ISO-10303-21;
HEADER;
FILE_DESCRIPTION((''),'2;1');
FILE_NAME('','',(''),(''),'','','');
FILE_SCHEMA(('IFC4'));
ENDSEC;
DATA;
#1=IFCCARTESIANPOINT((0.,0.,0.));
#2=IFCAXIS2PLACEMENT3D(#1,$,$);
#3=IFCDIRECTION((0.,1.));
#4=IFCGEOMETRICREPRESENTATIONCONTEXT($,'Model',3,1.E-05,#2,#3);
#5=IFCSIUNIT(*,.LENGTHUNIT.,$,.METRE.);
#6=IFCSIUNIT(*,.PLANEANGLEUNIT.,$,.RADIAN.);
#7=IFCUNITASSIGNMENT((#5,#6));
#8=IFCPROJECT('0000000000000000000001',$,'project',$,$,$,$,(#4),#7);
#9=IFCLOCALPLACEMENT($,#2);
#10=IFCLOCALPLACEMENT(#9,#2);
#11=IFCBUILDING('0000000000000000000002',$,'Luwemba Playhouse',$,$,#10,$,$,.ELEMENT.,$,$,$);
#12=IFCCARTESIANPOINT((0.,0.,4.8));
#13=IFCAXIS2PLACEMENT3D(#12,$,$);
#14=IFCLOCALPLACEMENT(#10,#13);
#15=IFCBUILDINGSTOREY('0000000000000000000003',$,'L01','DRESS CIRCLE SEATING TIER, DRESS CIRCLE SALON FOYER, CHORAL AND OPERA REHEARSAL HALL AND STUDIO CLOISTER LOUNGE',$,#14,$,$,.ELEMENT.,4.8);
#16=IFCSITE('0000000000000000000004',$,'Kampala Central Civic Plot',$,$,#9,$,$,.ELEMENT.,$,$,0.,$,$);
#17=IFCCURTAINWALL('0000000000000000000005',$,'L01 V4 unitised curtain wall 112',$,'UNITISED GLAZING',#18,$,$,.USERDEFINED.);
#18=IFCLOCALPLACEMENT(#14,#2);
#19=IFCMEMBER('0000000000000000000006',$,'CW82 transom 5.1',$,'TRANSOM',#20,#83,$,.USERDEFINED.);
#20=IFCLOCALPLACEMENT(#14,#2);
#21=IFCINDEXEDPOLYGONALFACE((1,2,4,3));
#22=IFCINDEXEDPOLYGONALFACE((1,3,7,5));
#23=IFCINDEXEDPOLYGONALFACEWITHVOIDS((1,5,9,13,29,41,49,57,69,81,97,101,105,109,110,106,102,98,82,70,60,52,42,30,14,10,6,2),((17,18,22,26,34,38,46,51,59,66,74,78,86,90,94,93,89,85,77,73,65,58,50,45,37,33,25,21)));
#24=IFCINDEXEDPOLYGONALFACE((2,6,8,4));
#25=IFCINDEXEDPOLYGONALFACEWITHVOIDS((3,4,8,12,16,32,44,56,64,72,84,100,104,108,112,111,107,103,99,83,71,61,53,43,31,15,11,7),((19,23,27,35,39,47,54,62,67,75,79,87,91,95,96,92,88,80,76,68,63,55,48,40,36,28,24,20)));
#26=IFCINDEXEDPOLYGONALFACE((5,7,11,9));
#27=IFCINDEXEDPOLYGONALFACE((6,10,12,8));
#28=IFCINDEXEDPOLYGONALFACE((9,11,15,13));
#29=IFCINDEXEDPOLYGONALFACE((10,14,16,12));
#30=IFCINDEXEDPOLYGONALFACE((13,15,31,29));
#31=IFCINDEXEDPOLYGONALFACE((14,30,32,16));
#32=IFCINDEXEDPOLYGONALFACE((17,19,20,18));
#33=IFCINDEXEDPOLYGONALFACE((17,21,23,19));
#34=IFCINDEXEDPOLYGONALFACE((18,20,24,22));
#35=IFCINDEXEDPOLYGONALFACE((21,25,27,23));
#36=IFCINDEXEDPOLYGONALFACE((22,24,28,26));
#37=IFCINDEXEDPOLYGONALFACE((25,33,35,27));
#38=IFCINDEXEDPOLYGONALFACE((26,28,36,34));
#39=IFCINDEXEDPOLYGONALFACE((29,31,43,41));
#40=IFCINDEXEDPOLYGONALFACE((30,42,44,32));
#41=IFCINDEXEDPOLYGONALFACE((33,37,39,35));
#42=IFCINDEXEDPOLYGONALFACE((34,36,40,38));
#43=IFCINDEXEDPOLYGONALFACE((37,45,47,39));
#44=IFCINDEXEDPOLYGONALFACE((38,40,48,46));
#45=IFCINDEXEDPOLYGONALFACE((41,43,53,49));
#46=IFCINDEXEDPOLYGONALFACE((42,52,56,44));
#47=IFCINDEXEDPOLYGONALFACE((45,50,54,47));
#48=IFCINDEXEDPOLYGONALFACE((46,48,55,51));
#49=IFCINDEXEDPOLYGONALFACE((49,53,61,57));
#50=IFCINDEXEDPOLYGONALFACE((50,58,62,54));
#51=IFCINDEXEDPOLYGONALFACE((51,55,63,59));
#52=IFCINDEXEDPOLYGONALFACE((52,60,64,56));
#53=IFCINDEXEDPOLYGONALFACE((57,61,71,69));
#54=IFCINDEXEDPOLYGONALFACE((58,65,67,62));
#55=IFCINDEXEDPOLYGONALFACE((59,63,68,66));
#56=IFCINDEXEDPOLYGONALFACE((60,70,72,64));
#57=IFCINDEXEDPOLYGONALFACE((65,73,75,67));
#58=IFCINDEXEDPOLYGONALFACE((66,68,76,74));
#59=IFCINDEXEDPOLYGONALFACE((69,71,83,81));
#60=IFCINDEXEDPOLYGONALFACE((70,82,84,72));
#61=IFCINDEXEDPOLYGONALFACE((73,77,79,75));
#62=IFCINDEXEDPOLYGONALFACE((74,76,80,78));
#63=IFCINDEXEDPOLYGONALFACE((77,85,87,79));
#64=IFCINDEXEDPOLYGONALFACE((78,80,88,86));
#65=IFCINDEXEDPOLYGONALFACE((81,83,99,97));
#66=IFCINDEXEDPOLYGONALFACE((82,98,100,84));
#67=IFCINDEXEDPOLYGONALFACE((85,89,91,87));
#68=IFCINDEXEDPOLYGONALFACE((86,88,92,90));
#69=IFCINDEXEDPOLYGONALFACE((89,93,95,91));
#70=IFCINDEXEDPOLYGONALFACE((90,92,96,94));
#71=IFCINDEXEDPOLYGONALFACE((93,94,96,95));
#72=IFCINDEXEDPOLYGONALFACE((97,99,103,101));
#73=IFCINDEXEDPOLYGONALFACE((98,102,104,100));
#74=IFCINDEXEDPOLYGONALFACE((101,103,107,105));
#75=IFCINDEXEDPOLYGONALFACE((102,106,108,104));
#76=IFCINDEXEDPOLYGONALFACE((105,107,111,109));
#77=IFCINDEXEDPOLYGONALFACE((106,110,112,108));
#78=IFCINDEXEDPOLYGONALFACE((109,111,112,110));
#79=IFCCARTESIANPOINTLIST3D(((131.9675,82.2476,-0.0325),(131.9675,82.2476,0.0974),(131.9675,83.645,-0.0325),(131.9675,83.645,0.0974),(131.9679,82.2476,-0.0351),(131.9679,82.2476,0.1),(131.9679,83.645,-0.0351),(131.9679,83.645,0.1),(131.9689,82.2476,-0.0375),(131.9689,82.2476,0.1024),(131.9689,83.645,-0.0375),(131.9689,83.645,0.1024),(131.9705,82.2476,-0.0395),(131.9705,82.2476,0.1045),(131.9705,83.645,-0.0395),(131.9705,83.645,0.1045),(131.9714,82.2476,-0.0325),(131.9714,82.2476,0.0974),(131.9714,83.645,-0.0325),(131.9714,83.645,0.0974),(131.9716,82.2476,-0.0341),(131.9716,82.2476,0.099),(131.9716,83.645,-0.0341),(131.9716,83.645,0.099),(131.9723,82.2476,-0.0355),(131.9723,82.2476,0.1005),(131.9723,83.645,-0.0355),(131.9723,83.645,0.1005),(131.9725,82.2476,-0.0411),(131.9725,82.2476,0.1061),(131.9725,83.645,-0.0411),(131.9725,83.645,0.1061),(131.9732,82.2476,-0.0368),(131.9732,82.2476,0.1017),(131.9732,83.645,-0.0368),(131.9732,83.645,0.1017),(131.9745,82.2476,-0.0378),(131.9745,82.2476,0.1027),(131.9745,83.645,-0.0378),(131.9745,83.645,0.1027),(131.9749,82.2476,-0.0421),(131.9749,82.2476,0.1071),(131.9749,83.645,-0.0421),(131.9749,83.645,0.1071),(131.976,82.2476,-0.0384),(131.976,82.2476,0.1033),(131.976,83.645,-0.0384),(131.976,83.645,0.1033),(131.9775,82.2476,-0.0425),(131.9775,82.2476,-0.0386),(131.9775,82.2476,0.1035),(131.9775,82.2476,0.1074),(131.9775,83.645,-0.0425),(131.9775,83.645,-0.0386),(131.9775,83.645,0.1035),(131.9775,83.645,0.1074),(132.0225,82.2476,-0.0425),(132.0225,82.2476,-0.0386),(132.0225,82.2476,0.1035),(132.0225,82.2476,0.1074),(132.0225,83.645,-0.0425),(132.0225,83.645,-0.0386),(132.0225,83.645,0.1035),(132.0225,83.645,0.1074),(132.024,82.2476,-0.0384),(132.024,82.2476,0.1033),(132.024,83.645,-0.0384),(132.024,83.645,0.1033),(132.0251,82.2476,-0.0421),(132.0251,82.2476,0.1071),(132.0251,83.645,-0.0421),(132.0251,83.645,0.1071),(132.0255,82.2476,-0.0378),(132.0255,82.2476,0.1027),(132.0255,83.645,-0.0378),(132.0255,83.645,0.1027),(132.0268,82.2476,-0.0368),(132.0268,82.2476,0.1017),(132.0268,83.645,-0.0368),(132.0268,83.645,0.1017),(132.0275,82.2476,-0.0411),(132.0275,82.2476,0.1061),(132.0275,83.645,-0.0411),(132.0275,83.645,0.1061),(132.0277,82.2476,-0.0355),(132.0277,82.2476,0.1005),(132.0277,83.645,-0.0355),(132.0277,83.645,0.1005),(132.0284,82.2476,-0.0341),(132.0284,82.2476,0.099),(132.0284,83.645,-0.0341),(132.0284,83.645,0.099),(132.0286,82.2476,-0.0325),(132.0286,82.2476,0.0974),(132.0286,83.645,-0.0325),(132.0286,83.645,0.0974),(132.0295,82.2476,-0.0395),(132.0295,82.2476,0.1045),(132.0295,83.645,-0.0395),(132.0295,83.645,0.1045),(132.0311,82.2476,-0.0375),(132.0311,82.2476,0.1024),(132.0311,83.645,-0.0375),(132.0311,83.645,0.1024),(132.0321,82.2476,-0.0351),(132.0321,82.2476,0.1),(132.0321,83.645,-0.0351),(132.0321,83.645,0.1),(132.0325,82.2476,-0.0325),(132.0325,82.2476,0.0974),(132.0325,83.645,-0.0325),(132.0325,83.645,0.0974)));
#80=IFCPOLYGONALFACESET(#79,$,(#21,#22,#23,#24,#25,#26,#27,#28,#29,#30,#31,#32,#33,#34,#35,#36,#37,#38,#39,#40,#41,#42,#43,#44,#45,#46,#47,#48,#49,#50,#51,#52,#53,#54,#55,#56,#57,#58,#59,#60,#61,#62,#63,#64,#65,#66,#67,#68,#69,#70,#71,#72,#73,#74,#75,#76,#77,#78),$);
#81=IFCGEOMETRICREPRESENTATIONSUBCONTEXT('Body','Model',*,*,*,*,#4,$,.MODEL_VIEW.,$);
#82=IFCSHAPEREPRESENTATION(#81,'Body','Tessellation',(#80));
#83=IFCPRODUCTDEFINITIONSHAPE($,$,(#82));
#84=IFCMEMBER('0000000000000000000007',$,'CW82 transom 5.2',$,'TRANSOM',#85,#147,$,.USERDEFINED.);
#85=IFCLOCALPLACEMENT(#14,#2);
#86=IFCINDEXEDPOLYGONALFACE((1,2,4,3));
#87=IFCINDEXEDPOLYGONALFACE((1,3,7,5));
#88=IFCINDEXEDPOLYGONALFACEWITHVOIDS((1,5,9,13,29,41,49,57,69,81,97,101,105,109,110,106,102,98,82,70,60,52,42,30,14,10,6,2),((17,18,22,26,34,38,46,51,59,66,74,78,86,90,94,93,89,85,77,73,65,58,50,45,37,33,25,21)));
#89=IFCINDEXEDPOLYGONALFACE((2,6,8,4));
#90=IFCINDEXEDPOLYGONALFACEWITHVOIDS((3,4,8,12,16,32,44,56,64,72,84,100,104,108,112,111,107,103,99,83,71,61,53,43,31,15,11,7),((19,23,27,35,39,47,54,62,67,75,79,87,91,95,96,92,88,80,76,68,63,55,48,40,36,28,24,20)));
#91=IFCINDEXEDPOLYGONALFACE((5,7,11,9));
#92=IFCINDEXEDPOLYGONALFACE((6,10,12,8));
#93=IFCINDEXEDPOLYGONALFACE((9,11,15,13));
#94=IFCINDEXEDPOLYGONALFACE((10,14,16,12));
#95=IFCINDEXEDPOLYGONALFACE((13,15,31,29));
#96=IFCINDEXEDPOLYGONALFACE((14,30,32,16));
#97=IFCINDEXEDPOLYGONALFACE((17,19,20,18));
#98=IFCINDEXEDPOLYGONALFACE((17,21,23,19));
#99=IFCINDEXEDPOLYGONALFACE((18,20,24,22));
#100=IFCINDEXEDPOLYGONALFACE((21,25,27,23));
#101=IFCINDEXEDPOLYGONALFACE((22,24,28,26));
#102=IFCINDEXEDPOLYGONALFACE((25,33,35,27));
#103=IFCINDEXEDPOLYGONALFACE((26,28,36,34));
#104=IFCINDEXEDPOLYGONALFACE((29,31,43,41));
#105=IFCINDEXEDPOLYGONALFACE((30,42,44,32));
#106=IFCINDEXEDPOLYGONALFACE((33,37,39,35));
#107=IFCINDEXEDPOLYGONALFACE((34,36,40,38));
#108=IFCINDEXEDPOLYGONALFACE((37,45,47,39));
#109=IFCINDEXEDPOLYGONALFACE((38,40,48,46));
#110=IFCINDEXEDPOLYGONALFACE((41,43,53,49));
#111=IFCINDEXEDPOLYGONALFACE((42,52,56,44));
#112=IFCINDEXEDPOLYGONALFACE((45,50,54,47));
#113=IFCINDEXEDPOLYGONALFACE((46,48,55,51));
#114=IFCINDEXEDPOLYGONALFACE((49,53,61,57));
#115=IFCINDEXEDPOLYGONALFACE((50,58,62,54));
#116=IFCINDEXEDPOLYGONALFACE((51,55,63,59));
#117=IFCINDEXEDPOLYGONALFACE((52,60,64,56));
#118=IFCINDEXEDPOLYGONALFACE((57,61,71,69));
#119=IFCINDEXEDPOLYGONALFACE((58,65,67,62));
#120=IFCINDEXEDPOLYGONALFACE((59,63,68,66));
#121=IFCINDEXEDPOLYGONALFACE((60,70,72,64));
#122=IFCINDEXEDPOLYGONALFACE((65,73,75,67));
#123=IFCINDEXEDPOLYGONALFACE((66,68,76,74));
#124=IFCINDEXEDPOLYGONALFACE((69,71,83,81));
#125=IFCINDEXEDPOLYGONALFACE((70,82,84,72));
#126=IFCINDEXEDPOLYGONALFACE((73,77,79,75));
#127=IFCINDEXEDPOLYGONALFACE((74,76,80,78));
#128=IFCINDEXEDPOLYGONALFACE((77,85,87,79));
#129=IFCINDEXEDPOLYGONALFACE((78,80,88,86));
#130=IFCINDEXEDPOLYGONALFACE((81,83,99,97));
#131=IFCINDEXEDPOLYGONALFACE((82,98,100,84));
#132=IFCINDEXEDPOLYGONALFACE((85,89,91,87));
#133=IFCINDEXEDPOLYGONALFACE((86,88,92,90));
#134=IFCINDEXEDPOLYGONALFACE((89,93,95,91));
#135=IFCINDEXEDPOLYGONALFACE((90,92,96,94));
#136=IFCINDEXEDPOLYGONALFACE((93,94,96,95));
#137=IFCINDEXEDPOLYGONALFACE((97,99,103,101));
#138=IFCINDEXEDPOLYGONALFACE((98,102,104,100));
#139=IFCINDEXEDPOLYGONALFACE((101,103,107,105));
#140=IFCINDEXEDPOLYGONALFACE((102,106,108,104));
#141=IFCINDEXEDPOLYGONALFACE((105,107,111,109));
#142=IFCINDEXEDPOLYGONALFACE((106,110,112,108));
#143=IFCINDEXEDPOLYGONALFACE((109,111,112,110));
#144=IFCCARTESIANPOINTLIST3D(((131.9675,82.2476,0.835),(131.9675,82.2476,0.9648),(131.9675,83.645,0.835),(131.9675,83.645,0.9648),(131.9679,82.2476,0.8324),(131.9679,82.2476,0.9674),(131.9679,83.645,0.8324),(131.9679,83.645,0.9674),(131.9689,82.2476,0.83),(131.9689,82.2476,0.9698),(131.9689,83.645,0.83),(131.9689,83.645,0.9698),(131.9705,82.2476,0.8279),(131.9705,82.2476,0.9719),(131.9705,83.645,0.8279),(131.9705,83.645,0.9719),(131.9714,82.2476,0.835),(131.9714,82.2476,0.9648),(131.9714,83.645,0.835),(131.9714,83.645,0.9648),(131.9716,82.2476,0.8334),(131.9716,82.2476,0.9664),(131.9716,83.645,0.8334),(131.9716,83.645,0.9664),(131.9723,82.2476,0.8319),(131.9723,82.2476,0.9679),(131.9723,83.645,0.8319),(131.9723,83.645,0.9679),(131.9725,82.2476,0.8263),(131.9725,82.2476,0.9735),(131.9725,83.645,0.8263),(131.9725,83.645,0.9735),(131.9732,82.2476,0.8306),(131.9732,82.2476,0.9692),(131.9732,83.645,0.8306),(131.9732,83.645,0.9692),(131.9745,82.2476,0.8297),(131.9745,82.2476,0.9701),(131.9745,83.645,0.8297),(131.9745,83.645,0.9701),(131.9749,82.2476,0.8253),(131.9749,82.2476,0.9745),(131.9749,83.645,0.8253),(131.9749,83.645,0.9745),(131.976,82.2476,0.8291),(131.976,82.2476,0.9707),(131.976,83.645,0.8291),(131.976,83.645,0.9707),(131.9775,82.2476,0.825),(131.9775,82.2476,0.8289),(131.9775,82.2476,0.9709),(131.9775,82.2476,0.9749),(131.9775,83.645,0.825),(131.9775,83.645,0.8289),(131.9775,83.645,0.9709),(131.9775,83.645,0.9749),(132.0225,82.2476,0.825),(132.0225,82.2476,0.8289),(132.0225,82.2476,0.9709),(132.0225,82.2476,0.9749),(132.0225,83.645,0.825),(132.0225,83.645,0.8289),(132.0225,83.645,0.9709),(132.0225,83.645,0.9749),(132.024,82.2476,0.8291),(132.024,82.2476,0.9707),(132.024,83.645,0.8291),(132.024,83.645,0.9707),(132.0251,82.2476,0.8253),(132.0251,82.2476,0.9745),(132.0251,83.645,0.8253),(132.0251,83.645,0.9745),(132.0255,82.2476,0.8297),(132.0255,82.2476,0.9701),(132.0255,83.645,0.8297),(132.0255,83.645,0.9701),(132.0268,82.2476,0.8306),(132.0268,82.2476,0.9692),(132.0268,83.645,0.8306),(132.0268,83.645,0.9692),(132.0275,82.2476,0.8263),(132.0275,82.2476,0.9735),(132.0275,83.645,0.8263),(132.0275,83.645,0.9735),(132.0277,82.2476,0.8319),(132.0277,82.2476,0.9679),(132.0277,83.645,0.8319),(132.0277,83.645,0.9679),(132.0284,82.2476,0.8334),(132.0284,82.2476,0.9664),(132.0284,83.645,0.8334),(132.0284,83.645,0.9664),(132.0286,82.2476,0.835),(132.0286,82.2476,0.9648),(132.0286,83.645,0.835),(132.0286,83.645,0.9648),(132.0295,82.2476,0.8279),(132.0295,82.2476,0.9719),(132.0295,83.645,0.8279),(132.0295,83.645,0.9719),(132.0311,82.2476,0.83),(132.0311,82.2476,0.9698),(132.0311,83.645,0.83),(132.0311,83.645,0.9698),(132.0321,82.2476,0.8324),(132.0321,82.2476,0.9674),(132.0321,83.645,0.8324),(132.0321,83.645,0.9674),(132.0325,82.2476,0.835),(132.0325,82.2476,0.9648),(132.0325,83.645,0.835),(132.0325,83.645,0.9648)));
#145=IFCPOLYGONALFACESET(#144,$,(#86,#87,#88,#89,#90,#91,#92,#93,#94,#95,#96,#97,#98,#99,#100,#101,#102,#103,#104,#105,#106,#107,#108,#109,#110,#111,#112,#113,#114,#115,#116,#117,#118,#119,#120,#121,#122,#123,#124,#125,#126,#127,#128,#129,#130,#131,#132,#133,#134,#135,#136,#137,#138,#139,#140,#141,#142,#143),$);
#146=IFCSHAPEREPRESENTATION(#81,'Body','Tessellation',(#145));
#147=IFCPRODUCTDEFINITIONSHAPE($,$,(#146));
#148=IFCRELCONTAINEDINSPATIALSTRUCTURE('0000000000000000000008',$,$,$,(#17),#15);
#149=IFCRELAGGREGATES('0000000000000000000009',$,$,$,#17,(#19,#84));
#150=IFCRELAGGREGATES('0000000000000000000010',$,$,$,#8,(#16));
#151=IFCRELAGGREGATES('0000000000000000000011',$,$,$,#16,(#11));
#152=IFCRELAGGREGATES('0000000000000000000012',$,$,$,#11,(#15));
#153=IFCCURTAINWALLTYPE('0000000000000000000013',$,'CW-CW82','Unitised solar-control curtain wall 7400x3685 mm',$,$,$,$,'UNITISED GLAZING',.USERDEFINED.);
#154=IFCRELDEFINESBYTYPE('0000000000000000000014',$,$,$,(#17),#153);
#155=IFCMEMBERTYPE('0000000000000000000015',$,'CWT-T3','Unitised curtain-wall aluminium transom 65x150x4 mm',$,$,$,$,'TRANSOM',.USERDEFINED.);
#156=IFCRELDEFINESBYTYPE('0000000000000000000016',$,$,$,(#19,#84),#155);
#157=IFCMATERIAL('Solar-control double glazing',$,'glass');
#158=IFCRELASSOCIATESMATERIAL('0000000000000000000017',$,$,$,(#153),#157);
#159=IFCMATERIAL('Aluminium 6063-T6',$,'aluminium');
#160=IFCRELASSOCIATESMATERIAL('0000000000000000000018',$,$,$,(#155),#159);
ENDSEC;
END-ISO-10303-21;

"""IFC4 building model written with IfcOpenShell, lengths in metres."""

from ifc_helpers import new_model, si_unit, direction, frame, origin, origin_2d, place, context, subcontext, project, spatial, hollow_rectangle, extrude, material, material_profile, profile_set, type_object, element, aggregate, save


model = new_model("IFC4")

# Units and contexts
model_context = context("Model", 3, precision=1e-05, world=origin(), true_north=direction((0.0, 1.0)))
body_context = subcontext(model_context, "Body", "Model", "MODEL_VIEW")
ifc_project = project(units=[si_unit("LENGTHUNIT", "METRE"), si_unit("PLANEANGLEUNIT", "RADIAN")], contexts=[model_context])

# Site, building, storey
site_placement = place(None, origin())
site = spatial("IfcSite", under=ifc_project, at=site_placement, Name="Kampala Central Civic Plot", CompositionType="ELEMENT", RefElevation=0.0)
building_placement = place(site_placement, origin())
building = spatial("IfcBuilding", under=site, at=building_placement, Name="Luwemba Playhouse", CompositionType="ELEMENT")
storey_placement = place(building_placement, frame((0.0, 0.0, 4.8)))
storey = spatial("IfcBuildingStorey", under=building, at=storey_placement, Name="L01", Description="DRESS CIRCLE SEATING TIER, DRESS CIRCLE SALON FOYER, CHORAL AND OPERA REHEARSAL HALL AND STUDIO CLOISTER LOUNGE", CompositionType="ELEMENT", Elevation=4.8)

# Curtain wall, members
ifc_material_1 = material(Name="Solar-control double glazing", Category="glass")
curtain_wall_type = type_object("IfcCurtainWallType", Name="CW-CW82", Description="Unitised solar-control curtain wall 7400x3685 mm", ElementType="UNITISED GLAZING", PredefinedType="USERDEFINED", material=ifc_material_1)
curtain_wall_placement = place(storey_placement, origin())
curtain_wall = element("IfcCurtainWall", 1, at=curtain_wall_placement, inside=storey, type_object=curtain_wall_type, Name="L01 V4 unitised curtain wall 112", ObjectType="UNITISED GLAZING", PredefinedType="USERDEFINED")
ifc_material_2 = material(Name="Aluminium 6063-T6", Category="aluminium")
ifc_material_profile_1 = material_profile(ifc_material_2, hollow_rectangle(XDim=0.0649, YDim=0.1499, WallThickness=0.0039, InnerFilletRadius=0.0061, OuterFilletRadius=0.01, at=origin_2d()))
ifc_profile_set_1 = profile_set([ifc_material_profile_1], Name="Aluminium 6063-T6")
member_type_1 = type_object("IfcMemberType", Name="CWT-T3", Description="Unitised curtain-wall aluminium transom 65x150x4 mm", ElementType="TRANSOM", PredefinedType="USERDEFINED", material=ifc_profile_set_1)
member_1_placement = place(storey_placement, frame((132.0, 82.2476, 0.0325), z_axis=(0.0, 1.0, 0.0), x_axis=(-1.0, 0.0, 0.0)))
member_1 = element("IfcMember", 2, at=member_1_placement, type_object=member_type_1, Name="CW82 transom 5.1", ObjectType="TRANSOM", PredefinedType="USERDEFINED", context=body_context, shape_type="SweptSolid", body=[
    extrude(hollow_rectangle(XDim=0.0649, YDim=0.1499, WallThickness=0.0039, InnerFilletRadius=0.0061, OuterFilletRadius=0.01, at=origin_2d()), origin(), (0.0, 0.0, 1.0), 1.3975),
])
member_2_placement = place(storey_placement, frame((132.0, 82.2476, 0.8999), z_axis=(0.0, 1.0, 0.0), x_axis=(-1.0, 0.0, 0.0)))
member_2 = element("IfcMember", 3, at=member_2_placement, type_object=member_type_1, Name="CW82 transom 5.2", ObjectType="TRANSOM", PredefinedType="USERDEFINED", context=body_context, shape_type="SweptSolid", body=[
    extrude(hollow_rectangle(XDim=0.0649, YDim=0.1499, WallThickness=0.0039, InnerFilletRadius=0.0061, OuterFilletRadius=0.01, at=origin_2d()), origin(), (0.0, 0.0, 1.0), 1.3975),
])
aggregate(curtain_wall, [member_1, member_2])

save(model, "model.ifc")
